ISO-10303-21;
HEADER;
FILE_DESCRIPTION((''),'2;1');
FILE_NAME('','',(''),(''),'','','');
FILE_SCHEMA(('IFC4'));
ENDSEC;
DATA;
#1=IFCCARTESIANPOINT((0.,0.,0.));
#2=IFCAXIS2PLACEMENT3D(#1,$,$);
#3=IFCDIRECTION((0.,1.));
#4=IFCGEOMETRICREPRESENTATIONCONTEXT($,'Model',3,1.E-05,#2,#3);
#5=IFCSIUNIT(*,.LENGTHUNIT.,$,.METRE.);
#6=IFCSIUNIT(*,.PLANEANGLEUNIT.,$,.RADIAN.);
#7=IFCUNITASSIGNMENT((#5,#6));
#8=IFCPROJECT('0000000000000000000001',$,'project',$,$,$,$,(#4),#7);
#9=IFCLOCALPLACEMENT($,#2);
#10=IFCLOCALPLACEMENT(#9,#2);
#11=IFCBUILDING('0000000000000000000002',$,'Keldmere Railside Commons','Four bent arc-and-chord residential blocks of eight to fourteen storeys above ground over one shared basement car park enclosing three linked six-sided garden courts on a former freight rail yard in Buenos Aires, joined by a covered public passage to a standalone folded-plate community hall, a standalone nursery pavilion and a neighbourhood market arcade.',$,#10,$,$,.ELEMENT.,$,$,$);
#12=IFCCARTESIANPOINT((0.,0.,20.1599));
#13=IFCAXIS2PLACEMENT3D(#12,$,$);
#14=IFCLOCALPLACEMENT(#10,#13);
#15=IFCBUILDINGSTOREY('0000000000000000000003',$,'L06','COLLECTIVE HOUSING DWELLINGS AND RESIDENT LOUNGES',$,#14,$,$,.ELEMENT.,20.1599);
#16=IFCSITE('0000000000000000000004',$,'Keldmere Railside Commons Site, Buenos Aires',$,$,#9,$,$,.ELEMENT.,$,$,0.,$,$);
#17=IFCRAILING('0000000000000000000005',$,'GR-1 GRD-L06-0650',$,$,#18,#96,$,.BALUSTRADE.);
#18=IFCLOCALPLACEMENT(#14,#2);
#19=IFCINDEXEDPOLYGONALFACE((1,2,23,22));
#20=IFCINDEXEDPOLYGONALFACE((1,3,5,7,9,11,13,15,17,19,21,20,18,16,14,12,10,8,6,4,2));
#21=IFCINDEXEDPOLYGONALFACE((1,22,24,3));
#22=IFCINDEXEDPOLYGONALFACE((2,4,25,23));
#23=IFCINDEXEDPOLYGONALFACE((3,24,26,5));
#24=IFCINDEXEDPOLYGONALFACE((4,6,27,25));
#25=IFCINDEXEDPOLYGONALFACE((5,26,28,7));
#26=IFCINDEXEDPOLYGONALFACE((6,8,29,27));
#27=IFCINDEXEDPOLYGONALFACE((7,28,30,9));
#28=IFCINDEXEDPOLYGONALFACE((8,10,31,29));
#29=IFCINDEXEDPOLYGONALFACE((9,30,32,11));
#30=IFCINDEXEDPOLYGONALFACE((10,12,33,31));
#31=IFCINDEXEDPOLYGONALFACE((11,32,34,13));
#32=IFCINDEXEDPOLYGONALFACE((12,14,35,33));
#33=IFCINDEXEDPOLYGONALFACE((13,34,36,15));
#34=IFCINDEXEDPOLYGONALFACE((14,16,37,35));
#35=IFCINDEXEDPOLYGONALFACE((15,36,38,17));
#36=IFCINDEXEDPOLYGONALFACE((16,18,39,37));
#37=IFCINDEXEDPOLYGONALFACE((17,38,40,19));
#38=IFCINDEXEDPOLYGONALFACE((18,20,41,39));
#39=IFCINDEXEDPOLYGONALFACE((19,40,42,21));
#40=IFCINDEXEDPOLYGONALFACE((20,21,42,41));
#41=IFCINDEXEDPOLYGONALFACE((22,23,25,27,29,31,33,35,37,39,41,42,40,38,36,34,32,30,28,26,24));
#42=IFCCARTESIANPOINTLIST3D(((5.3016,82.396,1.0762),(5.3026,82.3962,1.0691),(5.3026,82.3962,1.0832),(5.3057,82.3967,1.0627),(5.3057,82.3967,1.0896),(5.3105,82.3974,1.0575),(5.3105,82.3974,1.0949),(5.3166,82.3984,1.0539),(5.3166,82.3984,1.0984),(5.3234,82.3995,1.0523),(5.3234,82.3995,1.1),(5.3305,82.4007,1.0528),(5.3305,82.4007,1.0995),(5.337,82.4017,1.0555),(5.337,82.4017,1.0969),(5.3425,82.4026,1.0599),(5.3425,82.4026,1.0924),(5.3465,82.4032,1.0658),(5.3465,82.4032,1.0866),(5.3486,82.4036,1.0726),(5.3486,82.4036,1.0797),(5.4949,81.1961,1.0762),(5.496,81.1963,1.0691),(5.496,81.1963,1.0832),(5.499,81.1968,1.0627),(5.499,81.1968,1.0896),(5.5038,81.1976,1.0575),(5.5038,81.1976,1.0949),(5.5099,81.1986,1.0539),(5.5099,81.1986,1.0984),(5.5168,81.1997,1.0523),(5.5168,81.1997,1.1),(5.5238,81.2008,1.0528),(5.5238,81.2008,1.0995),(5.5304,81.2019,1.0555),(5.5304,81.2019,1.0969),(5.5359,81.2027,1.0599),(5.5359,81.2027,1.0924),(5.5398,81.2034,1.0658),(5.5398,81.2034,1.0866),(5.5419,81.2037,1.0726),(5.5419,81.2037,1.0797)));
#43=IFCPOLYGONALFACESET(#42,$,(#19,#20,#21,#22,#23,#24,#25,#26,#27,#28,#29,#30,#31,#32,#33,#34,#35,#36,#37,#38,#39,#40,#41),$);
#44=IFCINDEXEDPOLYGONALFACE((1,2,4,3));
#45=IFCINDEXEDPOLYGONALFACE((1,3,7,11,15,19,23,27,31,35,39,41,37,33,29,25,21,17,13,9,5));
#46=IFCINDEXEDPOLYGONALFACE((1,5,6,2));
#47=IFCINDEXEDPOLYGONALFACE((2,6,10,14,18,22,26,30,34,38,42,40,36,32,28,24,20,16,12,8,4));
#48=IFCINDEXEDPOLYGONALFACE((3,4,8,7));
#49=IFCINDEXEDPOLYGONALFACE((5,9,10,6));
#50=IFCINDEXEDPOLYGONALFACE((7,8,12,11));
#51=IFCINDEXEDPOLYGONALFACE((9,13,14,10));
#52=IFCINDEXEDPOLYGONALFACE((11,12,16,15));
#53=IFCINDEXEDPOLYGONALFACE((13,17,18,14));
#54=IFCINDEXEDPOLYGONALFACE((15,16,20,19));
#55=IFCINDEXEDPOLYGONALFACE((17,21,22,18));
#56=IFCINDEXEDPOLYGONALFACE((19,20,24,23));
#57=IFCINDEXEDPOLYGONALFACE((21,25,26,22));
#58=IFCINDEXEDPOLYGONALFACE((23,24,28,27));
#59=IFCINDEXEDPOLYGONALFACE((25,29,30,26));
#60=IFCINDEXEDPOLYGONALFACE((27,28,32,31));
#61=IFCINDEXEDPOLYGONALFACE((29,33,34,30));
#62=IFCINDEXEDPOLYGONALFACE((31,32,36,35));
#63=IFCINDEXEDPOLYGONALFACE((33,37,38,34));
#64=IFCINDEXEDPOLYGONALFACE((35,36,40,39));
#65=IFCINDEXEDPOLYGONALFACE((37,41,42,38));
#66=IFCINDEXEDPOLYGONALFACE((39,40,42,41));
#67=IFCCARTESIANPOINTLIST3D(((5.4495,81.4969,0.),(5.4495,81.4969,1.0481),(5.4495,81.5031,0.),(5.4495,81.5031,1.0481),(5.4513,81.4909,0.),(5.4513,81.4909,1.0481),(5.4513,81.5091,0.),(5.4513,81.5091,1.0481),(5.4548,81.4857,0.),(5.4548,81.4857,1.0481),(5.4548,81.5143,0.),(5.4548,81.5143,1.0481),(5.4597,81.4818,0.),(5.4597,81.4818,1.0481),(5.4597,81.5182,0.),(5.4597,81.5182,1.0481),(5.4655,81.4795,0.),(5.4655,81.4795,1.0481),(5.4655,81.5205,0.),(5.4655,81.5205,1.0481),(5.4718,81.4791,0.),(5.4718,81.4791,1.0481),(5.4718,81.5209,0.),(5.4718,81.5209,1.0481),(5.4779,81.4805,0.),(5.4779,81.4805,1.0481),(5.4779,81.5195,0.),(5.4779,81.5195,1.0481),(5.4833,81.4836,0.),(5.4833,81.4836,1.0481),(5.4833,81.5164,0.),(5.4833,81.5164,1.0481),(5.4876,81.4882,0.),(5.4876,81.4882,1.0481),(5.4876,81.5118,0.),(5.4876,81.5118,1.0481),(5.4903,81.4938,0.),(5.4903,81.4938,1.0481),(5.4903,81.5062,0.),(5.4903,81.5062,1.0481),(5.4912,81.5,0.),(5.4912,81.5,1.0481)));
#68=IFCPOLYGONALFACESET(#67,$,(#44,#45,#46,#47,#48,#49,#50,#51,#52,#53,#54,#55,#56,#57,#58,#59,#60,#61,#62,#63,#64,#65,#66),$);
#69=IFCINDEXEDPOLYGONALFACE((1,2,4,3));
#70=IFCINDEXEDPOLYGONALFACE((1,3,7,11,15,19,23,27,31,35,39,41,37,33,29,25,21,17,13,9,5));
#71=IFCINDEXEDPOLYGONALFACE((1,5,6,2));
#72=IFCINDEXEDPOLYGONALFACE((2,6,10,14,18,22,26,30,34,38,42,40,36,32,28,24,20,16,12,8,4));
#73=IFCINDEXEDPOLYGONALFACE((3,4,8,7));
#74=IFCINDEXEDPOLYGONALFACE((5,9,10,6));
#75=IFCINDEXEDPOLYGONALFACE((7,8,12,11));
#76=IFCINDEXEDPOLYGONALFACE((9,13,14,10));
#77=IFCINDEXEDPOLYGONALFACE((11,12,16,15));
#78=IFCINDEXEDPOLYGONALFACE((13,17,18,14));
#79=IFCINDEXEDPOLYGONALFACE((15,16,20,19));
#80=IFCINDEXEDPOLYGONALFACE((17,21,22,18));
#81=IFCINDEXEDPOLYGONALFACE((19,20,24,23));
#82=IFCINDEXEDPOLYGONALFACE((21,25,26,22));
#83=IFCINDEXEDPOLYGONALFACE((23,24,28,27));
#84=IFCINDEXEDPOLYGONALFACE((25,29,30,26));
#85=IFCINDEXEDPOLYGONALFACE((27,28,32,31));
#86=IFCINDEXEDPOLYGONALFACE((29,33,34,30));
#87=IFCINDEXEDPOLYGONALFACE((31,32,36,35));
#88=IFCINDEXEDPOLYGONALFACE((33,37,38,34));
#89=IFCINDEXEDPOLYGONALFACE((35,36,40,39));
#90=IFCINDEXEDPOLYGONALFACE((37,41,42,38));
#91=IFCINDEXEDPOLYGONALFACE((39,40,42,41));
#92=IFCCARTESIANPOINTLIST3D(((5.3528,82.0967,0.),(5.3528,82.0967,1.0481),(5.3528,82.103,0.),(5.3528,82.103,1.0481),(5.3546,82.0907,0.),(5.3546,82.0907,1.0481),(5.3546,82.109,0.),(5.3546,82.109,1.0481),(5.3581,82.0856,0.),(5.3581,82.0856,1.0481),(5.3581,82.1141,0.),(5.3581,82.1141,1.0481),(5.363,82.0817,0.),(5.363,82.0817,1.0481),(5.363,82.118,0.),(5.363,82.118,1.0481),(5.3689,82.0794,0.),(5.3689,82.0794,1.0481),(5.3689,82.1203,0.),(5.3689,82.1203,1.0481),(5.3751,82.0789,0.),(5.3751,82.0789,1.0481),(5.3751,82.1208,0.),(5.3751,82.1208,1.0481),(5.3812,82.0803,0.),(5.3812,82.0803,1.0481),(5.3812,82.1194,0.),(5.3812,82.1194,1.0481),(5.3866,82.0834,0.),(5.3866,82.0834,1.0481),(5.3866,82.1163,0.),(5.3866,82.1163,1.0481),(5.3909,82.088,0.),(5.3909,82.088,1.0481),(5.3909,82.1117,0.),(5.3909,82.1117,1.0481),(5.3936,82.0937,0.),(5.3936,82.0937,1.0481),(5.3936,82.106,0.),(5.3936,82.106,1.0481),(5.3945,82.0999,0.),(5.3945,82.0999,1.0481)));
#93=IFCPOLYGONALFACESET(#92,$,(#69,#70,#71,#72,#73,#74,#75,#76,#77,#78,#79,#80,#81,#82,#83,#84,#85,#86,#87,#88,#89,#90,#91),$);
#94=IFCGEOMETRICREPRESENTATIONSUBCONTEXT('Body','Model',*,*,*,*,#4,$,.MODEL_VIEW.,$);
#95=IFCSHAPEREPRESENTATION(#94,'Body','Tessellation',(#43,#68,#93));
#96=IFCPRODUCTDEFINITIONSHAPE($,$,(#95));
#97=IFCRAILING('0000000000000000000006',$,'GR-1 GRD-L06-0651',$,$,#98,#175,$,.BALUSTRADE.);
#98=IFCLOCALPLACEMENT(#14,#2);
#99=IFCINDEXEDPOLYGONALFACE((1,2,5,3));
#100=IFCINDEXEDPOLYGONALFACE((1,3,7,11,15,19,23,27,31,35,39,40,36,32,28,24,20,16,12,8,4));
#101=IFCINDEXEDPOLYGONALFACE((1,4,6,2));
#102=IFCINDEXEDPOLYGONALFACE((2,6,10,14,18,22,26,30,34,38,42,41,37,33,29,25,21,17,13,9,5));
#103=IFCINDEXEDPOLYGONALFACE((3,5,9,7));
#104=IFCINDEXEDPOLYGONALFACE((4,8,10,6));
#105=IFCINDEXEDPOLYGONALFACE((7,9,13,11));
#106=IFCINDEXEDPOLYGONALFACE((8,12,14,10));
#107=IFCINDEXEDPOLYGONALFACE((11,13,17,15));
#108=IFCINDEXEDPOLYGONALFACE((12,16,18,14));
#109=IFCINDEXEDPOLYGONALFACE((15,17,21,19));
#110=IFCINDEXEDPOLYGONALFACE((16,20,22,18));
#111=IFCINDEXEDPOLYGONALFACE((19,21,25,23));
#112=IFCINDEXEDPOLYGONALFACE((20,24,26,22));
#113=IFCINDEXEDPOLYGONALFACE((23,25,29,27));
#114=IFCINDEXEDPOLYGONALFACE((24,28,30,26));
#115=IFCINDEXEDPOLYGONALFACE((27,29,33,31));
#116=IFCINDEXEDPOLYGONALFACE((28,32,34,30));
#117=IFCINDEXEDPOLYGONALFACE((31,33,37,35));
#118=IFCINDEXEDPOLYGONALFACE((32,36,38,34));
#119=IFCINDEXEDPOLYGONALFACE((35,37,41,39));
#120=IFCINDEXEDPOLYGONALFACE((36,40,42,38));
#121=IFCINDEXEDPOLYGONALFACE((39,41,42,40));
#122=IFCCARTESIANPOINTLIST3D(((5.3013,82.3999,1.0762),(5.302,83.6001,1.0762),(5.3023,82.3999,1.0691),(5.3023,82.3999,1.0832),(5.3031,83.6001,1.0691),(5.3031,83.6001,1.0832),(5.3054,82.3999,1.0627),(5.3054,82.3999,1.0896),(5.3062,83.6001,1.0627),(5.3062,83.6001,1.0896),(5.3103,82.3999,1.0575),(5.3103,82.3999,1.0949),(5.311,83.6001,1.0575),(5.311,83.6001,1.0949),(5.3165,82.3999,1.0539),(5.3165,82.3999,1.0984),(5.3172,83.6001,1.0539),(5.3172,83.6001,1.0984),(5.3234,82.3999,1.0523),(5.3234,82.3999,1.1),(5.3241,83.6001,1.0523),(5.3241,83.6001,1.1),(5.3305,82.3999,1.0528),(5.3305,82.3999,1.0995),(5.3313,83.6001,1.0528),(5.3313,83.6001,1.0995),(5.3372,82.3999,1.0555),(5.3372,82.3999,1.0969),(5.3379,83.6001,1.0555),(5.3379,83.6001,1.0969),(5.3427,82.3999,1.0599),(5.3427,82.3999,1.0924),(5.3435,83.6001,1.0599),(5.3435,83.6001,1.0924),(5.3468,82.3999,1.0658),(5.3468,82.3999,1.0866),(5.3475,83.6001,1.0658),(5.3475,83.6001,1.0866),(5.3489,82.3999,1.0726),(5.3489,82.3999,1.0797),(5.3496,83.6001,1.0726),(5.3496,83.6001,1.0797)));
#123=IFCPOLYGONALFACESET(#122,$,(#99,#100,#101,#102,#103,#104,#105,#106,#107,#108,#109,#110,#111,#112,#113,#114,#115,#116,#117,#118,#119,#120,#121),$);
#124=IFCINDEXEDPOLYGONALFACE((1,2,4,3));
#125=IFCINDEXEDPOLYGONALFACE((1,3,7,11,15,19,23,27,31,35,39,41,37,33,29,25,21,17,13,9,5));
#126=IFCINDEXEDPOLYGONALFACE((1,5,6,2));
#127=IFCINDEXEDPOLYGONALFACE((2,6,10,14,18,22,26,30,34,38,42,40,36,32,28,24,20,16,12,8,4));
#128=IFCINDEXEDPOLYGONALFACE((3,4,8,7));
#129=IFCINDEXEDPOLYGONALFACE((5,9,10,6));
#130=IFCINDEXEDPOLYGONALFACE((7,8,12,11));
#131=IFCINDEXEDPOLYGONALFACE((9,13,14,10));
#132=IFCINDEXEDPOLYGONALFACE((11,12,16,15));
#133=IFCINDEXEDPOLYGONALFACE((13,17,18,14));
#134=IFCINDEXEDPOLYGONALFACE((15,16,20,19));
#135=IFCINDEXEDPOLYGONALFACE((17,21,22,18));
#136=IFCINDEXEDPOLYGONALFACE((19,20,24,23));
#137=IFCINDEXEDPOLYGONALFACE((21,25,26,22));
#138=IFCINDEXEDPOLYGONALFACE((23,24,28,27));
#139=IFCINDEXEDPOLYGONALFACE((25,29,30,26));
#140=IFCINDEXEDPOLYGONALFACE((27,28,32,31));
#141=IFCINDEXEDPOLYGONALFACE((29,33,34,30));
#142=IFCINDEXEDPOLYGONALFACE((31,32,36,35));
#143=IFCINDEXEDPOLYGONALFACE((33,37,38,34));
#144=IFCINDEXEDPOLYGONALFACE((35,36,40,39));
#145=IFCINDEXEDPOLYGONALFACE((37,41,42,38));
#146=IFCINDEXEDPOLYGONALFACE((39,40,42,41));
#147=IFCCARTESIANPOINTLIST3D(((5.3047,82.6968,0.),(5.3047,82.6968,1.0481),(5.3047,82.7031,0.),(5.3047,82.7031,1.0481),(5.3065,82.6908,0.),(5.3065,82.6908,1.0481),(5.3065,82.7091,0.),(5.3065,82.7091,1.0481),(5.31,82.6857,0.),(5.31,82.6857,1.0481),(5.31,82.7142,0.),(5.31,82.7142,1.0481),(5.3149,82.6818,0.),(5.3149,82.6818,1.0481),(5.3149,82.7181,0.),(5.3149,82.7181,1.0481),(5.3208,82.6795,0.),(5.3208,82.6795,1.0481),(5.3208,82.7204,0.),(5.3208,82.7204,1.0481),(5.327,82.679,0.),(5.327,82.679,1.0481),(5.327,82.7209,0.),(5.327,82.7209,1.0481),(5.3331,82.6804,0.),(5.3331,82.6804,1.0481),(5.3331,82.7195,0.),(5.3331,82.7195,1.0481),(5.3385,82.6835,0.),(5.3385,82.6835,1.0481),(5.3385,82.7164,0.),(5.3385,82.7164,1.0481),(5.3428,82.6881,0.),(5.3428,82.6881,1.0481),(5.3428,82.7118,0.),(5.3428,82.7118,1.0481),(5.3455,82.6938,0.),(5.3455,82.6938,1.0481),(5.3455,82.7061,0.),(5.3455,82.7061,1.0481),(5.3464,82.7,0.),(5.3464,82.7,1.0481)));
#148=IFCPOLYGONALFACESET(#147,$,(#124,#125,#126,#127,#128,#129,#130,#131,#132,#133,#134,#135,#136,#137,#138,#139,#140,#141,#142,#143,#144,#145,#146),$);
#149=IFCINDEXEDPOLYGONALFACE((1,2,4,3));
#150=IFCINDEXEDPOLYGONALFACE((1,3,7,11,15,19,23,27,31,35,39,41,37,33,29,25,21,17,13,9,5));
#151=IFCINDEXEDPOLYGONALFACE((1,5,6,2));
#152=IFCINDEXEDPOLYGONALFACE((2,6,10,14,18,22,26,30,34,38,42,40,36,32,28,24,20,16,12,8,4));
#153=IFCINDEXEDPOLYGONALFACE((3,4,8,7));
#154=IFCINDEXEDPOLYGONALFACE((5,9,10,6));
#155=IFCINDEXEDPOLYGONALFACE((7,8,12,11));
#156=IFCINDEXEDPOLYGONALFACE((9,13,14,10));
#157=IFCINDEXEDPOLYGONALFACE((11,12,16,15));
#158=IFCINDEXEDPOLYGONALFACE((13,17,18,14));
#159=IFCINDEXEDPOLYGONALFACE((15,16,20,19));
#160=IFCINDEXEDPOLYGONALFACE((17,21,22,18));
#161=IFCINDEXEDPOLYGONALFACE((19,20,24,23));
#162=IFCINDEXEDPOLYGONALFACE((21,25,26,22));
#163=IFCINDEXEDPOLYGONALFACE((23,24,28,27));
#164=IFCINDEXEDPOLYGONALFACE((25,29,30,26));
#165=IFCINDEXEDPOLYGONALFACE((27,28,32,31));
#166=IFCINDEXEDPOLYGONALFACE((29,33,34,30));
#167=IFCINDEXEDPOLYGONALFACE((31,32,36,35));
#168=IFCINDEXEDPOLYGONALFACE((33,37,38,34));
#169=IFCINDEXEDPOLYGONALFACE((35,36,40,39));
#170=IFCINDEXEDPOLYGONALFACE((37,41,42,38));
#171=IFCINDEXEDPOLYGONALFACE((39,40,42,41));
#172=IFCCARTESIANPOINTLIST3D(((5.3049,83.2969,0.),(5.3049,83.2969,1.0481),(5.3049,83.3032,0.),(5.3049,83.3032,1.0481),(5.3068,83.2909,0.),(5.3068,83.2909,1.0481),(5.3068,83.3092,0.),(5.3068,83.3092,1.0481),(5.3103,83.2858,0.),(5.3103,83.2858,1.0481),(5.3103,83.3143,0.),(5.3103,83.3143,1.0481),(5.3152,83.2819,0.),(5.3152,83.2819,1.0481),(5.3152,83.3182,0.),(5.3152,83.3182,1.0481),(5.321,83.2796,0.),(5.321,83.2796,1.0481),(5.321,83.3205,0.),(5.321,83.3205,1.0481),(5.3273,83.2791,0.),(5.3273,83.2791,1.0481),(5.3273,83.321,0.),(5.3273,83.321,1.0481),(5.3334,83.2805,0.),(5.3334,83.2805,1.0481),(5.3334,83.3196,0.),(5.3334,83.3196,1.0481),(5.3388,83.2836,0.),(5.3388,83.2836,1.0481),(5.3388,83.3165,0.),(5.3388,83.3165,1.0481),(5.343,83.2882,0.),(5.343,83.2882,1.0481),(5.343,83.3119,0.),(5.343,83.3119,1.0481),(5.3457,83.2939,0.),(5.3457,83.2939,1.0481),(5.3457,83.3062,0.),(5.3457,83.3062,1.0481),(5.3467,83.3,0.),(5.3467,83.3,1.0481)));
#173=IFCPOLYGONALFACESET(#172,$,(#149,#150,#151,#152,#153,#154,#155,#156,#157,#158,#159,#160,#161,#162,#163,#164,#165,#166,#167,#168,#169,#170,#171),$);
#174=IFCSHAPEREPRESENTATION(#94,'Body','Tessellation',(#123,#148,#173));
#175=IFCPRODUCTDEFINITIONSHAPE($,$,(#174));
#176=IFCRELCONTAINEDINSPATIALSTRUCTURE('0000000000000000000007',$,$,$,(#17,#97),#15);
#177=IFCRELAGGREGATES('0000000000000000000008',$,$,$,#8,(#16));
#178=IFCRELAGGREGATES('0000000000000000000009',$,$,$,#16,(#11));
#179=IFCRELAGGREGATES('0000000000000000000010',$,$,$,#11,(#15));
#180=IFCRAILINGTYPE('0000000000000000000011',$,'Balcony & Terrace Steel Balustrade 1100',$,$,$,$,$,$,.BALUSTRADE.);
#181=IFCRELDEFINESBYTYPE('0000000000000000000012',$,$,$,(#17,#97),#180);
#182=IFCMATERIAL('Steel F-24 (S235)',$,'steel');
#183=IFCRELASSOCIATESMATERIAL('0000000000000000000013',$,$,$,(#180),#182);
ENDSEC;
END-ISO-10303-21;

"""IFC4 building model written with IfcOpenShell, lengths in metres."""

from ifc_helpers import new_model, si_unit, direction, frame, origin, origin_2d, place, context, subcontext, project, spatial, circle, extrude, material, type_object, element, save


model = new_model("IFC4")

# Units and contexts
model_context = context("Model", 3, precision=1e-05, world=origin(), true_north=direction((0.0, 1.0)))
body_context = subcontext(model_context, "Body", "Model", "MODEL_VIEW")
ifc_project = project(units=[si_unit("LENGTHUNIT", "METRE"), si_unit("PLANEANGLEUNIT", "RADIAN")], contexts=[model_context])

# Site, building, storey
site_placement = place(None, origin())
site = spatial("IfcSite", under=ifc_project, at=site_placement, Name="Keldmere Railside Commons Site, Buenos Aires", CompositionType="ELEMENT", RefElevation=0.0)
building_placement = place(site_placement, origin())
building = spatial("IfcBuilding", under=site, at=building_placement, Name="Keldmere Railside Commons", Description="Four bent arc-and-chord residential blocks of eight to fourteen storeys above ground over one shared basement car park enclosing three linked six-sided garden courts on a former freight rail yard in Buenos Aires, joined by a covered public passage to a standalone folded-plate community hall, a standalone nursery pavilion and a neighbourhood market arcade.", CompositionType="ELEMENT")
storey_placement = place(building_placement, frame((0.0, 0.0, 20.1599)))
storey = spatial("IfcBuildingStorey", under=building, at=storey_placement, Name="L06", Description="COLLECTIVE HOUSING DWELLINGS AND RESIDENT LOUNGES", CompositionType="ELEMENT", Elevation=20.1599)

# Shared definitions
ifc_material_1 = material(Name="Steel F-24 (S235)", Category="steel")

# Railings
railing_type = type_object("IfcRailingType", Name="Balcony & Terrace Steel Balustrade 1100", PredefinedType="BALUSTRADE", material=ifc_material_1)
railing_1_placement = place(storey_placement, frame((5.5186, 81.2, 0.0)))
element("IfcRailing", 1, at=railing_1_placement, inside=storey, type_object=railing_type, Name="GR-1 GRD-L06-0650", PredefinedType="BALUSTRADE", context=body_context, shape_type="SweptSolid", body=[
    extrude(circle(Radius=0.0239, at=origin_2d()), frame((0.0, 0.0, 1.0762), z_axis=(-0.159087, 0.987265, 0.0), x_axis=(-0.987265, -0.159087, 0.0)), (0.0, 0.0, 1.0), 1.2153),
    extrude(circle(Radius=0.021, at=origin_2d()), frame((-0.0483, 0.3, 0.0)), (0.0, 0.0, 1.0), 1.0481),
    extrude(circle(Radius=0.021, at=origin_2d()), frame((-0.145, 0.8999, 0.0)), (0.0, 0.0, 1.0), 1.0481),
])
railing_2_placement = place(storey_placement, frame((5.3252, 82.3999, 0.0)))
element("IfcRailing", 2, at=railing_2_placement, inside=storey, type_object=railing_type, Name="GR-1 GRD-L06-0651", PredefinedType="BALUSTRADE", context=body_context, shape_type="SweptSolid", body=[
    extrude(circle(Radius=0.0239, at=origin_2d()), frame((0.0, 0.0, 1.0762), z_axis=(0.00061, 1.0, 0.0), x_axis=(-1.0, 0.00061, 0.0)), (0.0, 0.0, 1.0), 1.2002),
    extrude(circle(Radius=0.021, at=origin_2d()), frame((0.0002, 0.3, 0.0)), (0.0, 0.0, 1.0), 1.0481),
    extrude(circle(Radius=0.021, at=origin_2d()), frame((0.0005, 0.9001, 0.0)), (0.0, 0.0, 1.0), 1.0481),
])

save(model, "model.ifc")
